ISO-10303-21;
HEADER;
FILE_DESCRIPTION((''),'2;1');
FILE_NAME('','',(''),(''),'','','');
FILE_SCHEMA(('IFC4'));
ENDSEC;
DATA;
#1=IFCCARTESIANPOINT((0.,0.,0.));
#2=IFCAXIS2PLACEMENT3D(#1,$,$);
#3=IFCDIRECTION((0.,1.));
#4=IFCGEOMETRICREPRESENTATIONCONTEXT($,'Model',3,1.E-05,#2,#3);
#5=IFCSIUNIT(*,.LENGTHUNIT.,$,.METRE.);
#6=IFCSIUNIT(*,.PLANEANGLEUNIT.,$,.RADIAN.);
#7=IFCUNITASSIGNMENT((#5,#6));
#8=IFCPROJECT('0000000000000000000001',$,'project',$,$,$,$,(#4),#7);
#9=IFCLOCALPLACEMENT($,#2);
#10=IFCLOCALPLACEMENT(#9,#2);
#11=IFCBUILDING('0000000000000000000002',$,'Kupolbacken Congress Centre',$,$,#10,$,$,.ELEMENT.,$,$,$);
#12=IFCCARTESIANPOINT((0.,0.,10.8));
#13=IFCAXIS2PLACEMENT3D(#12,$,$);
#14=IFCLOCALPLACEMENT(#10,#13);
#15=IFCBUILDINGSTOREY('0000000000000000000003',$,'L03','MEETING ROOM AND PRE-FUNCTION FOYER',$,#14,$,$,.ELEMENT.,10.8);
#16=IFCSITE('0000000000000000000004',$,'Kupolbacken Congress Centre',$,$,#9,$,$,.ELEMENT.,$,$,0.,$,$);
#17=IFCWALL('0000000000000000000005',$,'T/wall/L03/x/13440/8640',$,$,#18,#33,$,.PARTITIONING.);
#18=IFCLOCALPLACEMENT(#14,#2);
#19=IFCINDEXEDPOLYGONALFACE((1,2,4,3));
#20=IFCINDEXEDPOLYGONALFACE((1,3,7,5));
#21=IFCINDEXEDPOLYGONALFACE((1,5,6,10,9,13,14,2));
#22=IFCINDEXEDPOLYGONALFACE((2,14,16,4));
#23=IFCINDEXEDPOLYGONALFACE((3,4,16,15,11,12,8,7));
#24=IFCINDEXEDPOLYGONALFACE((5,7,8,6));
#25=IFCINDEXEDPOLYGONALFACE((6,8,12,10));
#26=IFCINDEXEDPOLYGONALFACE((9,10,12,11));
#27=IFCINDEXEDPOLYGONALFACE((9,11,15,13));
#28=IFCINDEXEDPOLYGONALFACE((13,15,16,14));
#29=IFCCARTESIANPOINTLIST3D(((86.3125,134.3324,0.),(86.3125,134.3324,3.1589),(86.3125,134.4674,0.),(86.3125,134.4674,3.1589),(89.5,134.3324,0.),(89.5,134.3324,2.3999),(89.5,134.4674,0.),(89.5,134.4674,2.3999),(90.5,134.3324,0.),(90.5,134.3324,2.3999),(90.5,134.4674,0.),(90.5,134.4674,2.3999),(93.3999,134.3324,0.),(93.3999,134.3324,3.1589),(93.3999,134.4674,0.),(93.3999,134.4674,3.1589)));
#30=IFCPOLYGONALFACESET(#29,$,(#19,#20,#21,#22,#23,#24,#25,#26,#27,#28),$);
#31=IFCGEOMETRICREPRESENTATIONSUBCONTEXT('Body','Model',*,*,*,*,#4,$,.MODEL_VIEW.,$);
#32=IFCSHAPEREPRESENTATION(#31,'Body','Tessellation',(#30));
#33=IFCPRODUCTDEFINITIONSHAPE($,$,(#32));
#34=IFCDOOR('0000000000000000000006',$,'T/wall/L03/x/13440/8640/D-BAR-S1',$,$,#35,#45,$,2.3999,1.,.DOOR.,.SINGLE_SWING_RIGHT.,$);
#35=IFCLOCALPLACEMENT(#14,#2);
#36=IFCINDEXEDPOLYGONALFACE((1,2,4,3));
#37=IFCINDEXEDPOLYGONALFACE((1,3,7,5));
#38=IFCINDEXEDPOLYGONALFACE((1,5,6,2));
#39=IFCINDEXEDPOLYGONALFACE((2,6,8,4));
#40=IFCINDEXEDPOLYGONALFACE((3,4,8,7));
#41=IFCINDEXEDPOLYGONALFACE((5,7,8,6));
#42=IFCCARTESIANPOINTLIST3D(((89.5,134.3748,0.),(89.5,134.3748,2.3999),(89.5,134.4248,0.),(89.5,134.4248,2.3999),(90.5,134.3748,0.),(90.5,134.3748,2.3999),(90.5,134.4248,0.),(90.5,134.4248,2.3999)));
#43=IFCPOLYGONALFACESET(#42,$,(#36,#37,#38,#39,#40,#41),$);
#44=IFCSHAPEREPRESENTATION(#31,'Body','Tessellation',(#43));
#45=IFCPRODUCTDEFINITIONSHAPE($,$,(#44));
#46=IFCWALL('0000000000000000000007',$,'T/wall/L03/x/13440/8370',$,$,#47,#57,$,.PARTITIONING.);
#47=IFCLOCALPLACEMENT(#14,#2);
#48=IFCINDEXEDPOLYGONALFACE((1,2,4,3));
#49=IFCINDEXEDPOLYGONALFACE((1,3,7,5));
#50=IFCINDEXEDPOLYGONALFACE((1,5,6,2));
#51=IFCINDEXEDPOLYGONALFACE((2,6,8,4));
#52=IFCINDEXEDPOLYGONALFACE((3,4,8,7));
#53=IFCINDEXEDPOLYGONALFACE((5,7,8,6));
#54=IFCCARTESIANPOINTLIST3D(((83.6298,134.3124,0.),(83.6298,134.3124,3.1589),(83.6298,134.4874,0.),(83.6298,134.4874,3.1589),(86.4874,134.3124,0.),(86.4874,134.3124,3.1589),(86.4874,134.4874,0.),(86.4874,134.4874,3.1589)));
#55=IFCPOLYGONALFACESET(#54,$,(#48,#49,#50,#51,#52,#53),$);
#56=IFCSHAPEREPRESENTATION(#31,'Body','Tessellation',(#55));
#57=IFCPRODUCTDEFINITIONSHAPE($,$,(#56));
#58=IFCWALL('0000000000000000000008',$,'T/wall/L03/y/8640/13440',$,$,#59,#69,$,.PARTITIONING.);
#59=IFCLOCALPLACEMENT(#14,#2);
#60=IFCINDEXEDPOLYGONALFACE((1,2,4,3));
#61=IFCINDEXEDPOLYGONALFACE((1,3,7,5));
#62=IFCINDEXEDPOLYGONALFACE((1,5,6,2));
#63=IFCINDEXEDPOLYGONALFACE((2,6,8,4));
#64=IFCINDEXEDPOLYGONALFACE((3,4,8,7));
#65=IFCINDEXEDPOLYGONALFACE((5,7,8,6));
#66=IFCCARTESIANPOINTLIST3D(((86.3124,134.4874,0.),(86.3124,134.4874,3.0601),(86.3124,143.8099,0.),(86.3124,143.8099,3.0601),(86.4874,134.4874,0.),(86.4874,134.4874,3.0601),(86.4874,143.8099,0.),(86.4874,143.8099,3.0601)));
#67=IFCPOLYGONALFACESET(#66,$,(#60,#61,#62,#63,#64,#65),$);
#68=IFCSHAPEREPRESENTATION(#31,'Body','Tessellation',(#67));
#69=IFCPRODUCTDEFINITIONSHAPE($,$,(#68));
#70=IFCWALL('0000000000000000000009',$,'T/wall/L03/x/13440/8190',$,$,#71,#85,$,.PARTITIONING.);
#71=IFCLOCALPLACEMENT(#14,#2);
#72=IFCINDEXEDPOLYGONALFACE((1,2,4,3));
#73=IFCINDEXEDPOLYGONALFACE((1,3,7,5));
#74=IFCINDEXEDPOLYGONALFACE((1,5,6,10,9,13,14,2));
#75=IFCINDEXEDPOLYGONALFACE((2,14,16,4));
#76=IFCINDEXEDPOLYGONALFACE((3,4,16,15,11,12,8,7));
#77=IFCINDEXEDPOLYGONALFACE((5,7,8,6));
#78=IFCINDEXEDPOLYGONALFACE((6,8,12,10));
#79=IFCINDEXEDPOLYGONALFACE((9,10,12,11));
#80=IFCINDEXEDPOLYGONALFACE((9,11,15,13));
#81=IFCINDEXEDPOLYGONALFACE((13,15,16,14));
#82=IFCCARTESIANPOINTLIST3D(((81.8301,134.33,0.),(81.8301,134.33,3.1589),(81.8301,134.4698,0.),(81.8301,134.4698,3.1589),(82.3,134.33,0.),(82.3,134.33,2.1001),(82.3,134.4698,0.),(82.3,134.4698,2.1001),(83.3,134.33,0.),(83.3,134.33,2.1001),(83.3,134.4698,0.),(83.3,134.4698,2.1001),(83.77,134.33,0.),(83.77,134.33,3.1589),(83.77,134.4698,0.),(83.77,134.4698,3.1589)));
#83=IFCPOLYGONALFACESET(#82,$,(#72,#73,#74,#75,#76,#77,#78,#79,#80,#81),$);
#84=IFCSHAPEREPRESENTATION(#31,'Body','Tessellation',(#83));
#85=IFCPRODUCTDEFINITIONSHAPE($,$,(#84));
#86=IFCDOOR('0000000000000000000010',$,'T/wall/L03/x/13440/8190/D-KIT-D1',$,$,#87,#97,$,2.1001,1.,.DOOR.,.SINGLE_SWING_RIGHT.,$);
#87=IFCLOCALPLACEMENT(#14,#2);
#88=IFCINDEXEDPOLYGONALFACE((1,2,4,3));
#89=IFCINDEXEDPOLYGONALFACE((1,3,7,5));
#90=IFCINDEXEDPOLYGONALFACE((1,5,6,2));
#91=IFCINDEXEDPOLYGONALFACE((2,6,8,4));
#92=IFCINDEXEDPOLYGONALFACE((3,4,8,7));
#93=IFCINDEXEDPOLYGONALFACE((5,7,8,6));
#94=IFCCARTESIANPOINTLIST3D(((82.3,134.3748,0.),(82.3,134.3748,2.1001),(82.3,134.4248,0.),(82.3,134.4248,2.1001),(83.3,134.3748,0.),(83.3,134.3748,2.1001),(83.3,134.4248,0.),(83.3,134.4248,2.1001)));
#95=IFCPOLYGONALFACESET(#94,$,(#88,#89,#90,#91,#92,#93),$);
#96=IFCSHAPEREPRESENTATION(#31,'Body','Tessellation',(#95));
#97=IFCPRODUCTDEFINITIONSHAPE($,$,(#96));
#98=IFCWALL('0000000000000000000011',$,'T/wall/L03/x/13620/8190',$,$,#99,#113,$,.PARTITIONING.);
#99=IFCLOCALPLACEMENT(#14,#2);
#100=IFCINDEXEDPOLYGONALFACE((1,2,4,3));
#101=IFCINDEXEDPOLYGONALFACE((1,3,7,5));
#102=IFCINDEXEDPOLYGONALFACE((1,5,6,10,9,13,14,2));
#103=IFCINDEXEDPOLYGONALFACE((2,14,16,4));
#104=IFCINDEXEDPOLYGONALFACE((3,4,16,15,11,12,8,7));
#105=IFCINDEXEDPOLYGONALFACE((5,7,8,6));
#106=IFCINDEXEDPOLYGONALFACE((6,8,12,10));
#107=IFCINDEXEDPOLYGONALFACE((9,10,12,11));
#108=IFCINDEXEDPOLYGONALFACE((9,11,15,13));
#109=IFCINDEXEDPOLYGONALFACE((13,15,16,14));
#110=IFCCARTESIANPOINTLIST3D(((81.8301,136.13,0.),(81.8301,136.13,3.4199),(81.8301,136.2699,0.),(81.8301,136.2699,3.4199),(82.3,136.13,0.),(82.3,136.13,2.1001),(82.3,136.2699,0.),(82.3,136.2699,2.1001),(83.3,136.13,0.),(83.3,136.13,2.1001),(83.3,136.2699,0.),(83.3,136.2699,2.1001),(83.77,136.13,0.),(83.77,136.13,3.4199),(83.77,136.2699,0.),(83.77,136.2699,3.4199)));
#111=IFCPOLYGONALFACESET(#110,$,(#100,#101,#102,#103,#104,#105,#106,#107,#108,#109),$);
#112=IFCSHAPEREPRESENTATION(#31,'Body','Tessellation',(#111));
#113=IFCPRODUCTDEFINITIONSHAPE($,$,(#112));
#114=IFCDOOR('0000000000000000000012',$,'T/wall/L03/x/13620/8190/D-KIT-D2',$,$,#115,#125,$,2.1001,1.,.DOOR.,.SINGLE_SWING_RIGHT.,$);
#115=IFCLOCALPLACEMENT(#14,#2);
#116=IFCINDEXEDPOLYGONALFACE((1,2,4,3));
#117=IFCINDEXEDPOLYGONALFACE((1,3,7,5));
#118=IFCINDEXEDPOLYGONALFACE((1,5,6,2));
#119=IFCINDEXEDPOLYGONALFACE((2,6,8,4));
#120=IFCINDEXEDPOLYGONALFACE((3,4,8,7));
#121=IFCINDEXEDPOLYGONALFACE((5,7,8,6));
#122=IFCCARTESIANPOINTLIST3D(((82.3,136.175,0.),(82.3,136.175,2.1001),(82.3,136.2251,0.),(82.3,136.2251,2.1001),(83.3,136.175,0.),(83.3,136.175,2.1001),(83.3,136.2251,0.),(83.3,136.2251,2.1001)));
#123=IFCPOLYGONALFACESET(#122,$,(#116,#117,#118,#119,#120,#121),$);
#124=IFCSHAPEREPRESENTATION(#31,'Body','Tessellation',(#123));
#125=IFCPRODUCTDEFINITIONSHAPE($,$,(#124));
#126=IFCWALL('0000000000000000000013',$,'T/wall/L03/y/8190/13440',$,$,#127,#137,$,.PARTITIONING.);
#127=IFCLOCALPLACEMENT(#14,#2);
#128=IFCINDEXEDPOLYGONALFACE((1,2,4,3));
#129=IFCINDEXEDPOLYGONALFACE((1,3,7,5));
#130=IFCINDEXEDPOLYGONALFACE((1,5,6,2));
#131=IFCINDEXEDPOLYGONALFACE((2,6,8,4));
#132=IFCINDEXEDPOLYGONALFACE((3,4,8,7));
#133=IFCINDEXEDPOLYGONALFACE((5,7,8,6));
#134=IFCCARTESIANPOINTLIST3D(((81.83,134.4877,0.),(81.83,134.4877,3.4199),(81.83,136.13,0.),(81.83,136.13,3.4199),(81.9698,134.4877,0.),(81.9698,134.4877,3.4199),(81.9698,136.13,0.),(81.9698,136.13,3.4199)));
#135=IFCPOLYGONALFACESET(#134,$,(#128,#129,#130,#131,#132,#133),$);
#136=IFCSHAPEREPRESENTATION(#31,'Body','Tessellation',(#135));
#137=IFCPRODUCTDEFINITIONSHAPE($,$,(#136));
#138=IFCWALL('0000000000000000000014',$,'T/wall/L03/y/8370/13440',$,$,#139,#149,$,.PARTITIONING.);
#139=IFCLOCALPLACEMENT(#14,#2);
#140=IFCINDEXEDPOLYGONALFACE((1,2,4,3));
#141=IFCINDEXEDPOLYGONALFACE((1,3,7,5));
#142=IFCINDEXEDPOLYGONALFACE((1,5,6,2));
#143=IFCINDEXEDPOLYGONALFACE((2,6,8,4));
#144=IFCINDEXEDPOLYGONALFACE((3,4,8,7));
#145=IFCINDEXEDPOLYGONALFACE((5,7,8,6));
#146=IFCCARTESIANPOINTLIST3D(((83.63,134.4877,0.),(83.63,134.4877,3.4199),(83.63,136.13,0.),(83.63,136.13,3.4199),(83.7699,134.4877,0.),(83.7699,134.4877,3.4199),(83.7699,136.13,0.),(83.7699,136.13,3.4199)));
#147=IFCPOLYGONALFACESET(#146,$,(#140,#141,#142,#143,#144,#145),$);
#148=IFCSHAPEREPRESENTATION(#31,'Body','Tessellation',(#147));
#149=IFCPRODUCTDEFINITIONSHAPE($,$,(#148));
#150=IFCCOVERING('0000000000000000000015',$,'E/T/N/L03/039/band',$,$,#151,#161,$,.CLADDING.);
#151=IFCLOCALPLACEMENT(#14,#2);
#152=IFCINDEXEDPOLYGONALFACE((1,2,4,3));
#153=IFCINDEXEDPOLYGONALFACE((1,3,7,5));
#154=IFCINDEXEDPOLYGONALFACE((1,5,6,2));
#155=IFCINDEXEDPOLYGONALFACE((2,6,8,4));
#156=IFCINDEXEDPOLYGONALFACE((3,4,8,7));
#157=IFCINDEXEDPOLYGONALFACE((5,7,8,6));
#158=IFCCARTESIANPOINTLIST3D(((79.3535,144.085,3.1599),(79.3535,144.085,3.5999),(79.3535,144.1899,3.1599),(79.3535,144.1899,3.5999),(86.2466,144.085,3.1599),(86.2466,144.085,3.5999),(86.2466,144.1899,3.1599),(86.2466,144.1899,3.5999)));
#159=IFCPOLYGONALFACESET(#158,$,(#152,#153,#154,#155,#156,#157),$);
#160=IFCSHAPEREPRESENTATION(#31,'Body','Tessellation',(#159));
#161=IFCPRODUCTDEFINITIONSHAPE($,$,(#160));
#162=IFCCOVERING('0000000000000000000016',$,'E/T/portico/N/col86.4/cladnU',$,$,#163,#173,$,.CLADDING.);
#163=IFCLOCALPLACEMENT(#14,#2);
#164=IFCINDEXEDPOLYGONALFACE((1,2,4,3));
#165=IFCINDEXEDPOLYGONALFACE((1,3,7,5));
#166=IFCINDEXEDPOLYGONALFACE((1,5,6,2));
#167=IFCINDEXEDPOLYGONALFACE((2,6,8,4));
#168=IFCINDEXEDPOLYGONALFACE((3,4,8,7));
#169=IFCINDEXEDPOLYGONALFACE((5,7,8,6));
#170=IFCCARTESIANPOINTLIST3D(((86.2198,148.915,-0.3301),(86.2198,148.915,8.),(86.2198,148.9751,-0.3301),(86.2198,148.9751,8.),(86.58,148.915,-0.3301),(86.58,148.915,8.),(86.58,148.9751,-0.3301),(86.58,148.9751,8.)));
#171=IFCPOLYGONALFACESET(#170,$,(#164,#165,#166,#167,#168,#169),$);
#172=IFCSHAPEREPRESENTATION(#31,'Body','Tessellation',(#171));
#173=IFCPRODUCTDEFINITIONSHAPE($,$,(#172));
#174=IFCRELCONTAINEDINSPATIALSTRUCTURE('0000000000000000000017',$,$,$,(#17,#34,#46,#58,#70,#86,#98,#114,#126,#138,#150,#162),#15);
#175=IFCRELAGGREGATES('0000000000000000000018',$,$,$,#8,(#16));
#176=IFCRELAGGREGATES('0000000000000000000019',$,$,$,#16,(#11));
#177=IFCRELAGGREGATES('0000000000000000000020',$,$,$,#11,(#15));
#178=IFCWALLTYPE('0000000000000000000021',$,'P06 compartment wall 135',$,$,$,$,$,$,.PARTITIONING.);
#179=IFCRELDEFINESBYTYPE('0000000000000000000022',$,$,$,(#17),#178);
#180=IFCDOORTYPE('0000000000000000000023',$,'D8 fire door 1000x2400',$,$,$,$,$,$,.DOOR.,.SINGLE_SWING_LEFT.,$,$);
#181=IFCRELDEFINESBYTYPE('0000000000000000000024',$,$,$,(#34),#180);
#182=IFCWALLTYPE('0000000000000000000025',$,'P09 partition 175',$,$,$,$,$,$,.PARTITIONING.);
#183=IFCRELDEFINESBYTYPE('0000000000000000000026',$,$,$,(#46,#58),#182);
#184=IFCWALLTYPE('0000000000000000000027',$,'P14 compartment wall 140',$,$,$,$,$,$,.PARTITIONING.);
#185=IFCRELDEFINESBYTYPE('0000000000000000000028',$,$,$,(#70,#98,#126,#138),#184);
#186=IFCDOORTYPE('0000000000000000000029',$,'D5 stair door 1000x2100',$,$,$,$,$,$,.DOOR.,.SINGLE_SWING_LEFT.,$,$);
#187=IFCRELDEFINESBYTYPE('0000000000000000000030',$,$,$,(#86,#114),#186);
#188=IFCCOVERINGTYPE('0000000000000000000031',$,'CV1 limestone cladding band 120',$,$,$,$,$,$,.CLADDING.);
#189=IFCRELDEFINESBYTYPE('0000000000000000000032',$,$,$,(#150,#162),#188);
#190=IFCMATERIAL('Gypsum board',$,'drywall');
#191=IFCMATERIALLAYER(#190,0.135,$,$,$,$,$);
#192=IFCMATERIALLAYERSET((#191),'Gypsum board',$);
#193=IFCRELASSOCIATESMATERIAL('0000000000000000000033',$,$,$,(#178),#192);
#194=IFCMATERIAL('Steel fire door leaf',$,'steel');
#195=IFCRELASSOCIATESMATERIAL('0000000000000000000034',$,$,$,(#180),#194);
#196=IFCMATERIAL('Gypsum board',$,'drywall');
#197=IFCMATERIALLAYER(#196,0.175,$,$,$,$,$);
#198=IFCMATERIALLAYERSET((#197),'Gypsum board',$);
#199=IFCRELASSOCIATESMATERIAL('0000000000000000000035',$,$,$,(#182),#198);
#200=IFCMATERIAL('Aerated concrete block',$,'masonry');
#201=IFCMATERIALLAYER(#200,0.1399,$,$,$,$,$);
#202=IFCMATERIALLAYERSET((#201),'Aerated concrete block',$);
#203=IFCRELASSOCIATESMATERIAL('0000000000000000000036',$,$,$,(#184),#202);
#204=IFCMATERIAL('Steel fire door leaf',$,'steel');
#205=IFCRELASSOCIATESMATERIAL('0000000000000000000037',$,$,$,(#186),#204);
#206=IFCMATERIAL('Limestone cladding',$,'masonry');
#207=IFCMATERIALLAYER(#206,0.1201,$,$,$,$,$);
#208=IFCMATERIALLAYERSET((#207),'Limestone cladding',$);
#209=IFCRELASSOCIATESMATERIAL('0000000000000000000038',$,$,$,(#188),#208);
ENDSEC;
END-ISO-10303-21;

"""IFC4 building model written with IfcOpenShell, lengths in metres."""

from ifc_helpers import new_model, si_unit, direction, frame, frame_2d, origin, origin_2d, place, context, subcontext, project, spatial, rectangle, extrude, material, layer, layer_set, type_object, element, fill, save


model = new_model("IFC4")

# Units and contexts
model_context = context("Model", 3, precision=1e-05, world=origin(), true_north=direction((0.0, 1.0)))
body_context = subcontext(model_context, "Body", "Model", "MODEL_VIEW")
ifc_project = project(units=[si_unit("LENGTHUNIT", "METRE"), si_unit("PLANEANGLEUNIT", "RADIAN")], contexts=[model_context])

# Site, building, storey
site_placement = place(None, origin())
site = spatial("IfcSite", under=ifc_project, at=site_placement, Name="Kupolbacken Congress Centre", CompositionType="ELEMENT", RefElevation=0.0)
building_placement = place(site_placement, origin())
building = spatial("IfcBuilding", under=site, at=building_placement, Name="Kupolbacken Congress Centre", CompositionType="ELEMENT")
storey_placement = place(building_placement, frame((0.0, 0.0, 10.8)))
storey = spatial("IfcBuildingStorey", under=building, at=storey_placement, Name="L03", Description="MEETING ROOM AND PRE-FUNCTION FOYER", CompositionType="ELEMENT", Elevation=10.8)

# Wall, opening, door
ifc_material_1 = material(Name="Gypsum board", Category="drywall")
ifc_layer_1 = layer(ifc_material_1, 0.135)
ifc_layer_set_1 = layer_set([ifc_layer_1], Name="Gypsum board")
wall_type_1 = type_object("IfcWallType", Name="P06 compartment wall 135", PredefinedType="PARTITIONING", material=ifc_layer_set_1)
wall_1_placement = place(storey_placement, frame((86.3125, 134.3999, 0.0), z_axis=(0.0, 0.0, 1.0), x_axis=(1.0, 0.0, 0.0)))
wall_1 = element("IfcWall", 1, at=wall_1_placement, inside=storey, type_object=wall_type_1, Name="T/wall/L03/x/13440/8640", PredefinedType="PARTITIONING", context=body_context, shape_type="SweptSolid", body=[
    extrude(rectangle(XDim=7.0874, YDim=0.135, at=frame_2d((3.5437, 0.0))), origin(), (0.0, 0.0, 1.0), 3.1589),
])
opening_1_placement = place(wall_1_placement, frame((3.1875, 0.0, 0.0)))
opening_1 = element("IfcOpeningElement", 2, at=opening_1_placement, cuts=wall_1, PredefinedType="OPENING", context=body_context, shape_type="SweptSolid", body=[
    extrude(rectangle(XDim=1.0, YDim=2.3999, at=frame_2d((0.5, 1.2))), frame((0.0, 0.0774, 0.0), z_axis=(0.0, -1.0, 0.0), x_axis=(1.0, 0.0, 0.0)), (0.0, 0.0, 1.0), 0.155),
])
ifc_material_2 = material(Name="Steel fire door leaf", Category="steel")
door_type_1 = type_object("IfcDoorType", Name="D8 fire door 1000x2400", OperationType="SINGLE_SWING_LEFT", PredefinedType="DOOR", material=ifc_material_2)
door_1_placement = place(opening_1_placement, origin())
door_1 = element("IfcDoor", 3, at=door_1_placement, inside=storey, type_object=door_type_1, Name="T/wall/L03/x/13440/8640/D-BAR-S1", OperationType="SINGLE_SWING_RIGHT", OverallHeight=2.3999, OverallWidth=1.0, PredefinedType="DOOR", context=body_context, shape_type="SweptSolid", body=[
    extrude(rectangle(XDim=1.0, YDim=2.3999, at=frame_2d((0.5, 1.2))), frame((0.0, 0.0249, 0.0), z_axis=(0.0, -1.0, 0.0), x_axis=(1.0, 0.0, 0.0)), (0.0, 0.0, 1.0), 0.05),
])
fill(opening_1, door_1)

# Walls
ifc_material_3 = material(Name="Gypsum board", Category="drywall")
ifc_layer_2 = layer(ifc_material_3, 0.175)
ifc_layer_set_2 = layer_set([ifc_layer_2], Name="Gypsum board")
wall_type_2 = type_object("IfcWallType", Name="P09 partition 175", PredefinedType="PARTITIONING", material=ifc_layer_set_2)
wall_2_placement = place(storey_placement, frame((83.6299, 134.3999, 0.0), z_axis=(0.0, 0.0, 1.0), x_axis=(1.0, 0.0, 0.0)))
element("IfcWall", 4, at=wall_2_placement, inside=storey, type_object=wall_type_2, Name="T/wall/L03/x/13440/8370", PredefinedType="PARTITIONING", context=body_context, shape_type="SweptSolid", body=[
    extrude(rectangle(XDim=2.8577, YDim=0.175, at=frame_2d((1.4287, 0.0))), origin(), (0.0, 0.0, 1.0), 3.1589),
])
wall_3_placement = place(storey_placement, frame((86.3999, 134.4875, 0.0), z_axis=(0.0, 0.0, 1.0), x_axis=(0.0, 1.0, 0.0)))
element("IfcWall", 5, at=wall_3_placement, inside=storey, type_object=wall_type_2, Name="T/wall/L03/y/8640/13440", PredefinedType="PARTITIONING", context=body_context, shape_type="SweptSolid", body=[
    extrude(rectangle(XDim=9.3225, YDim=0.175, at=frame_2d((4.6611, 0.0))), origin(), (0.0, 0.0, 1.0), 3.0601),
])

# Walls, openings, doors
ifc_material_4 = material(Name="Aerated concrete block", Category="masonry")
ifc_layer_3 = layer(ifc_material_4, 0.1399)
ifc_layer_set_3 = layer_set([ifc_layer_3], Name="Aerated concrete block")
wall_type_3 = type_object("IfcWallType", Name="P14 compartment wall 140", PredefinedType="PARTITIONING", material=ifc_layer_set_3)
wall_4_placement = place(storey_placement, frame((81.8301, 134.3999, 0.0), z_axis=(0.0, 0.0, 1.0), x_axis=(1.0, 0.0, 0.0)))
wall_4 = element("IfcWall", 6, at=wall_4_placement, inside=storey, type_object=wall_type_3, Name="T/wall/L03/x/13440/8190", PredefinedType="PARTITIONING", context=body_context, shape_type="SweptSolid", body=[
    extrude(rectangle(XDim=1.9399, YDim=0.1399, at=frame_2d((0.97, 0.0))), origin(), (0.0, 0.0, 1.0), 3.1589),
])
opening_2_placement = place(wall_4_placement, frame((0.47, 0.0, 0.0)))
opening_2 = element("IfcOpeningElement", 7, at=opening_2_placement, cuts=wall_4, PredefinedType="OPENING", context=body_context, shape_type="SweptSolid", body=[
    extrude(rectangle(XDim=1.0, YDim=2.1001, at=frame_2d((0.5, 1.05))), frame((0.0, 0.0798, 0.0), z_axis=(0.0, -1.0, 0.0), x_axis=(1.0, 0.0, 0.0)), (0.0, 0.0, 1.0), 0.1599),
])
ifc_material_5 = material(Name="Steel fire door leaf", Category="steel")
door_type_2 = type_object("IfcDoorType", Name="D5 stair door 1000x2100", OperationType="SINGLE_SWING_LEFT", PredefinedType="DOOR", material=ifc_material_5)
door_2_placement = place(opening_2_placement, origin())
door_2 = element("IfcDoor", 8, at=door_2_placement, inside=storey, type_object=door_type_2, Name="T/wall/L03/x/13440/8190/D-KIT-D1", OperationType="SINGLE_SWING_RIGHT", OverallHeight=2.1001, OverallWidth=1.0, PredefinedType="DOOR", context=body_context, shape_type="SweptSolid", body=[
    extrude(rectangle(XDim=1.0, YDim=2.1001, at=frame_2d((0.5, 1.05))), frame((0.0, 0.0249, 0.0), z_axis=(0.0, -1.0, 0.0), x_axis=(1.0, 0.0, 0.0)), (0.0, 0.0, 1.0), 0.05),
])
fill(opening_2, door_2)
wall_5_placement = place(storey_placement, frame((81.8301, 136.2, 0.0), z_axis=(0.0, 0.0, 1.0), x_axis=(1.0, 0.0, 0.0)))
wall_5 = element("IfcWall", 9, at=wall_5_placement, inside=storey, type_object=wall_type_3, Name="T/wall/L03/x/13620/8190", PredefinedType="PARTITIONING", context=body_context, shape_type="SweptSolid", body=[
    extrude(rectangle(XDim=1.9399, YDim=0.1399, at=frame_2d((0.97, 0.0))), origin(), (0.0, 0.0, 1.0), 3.4199),
])
opening_3_placement = place(wall_5_placement, frame((0.47, 0.0, 0.0)))
opening_3 = element("IfcOpeningElement", 10, at=opening_3_placement, cuts=wall_5, PredefinedType="OPENING", context=body_context, shape_type="SweptSolid", body=[
    extrude(rectangle(XDim=1.0, YDim=2.1001, at=frame_2d((0.5, 1.05))), frame((0.0, 0.0798, 0.0), z_axis=(0.0, -1.0, 0.0), x_axis=(1.0, 0.0, 0.0)), (0.0, 0.0, 1.0), 0.1599),
])
door_3_placement = place(opening_3_placement, frame((1.0, 0.0, 0.0), z_axis=(0.0, 0.0, 1.0), x_axis=(-1.0, 0.0, 0.0)))
door_3 = element("IfcDoor", 11, at=door_3_placement, inside=storey, type_object=door_type_2, Name="T/wall/L03/x/13620/8190/D-KIT-D2", OperationType="SINGLE_SWING_RIGHT", OverallHeight=2.1001, OverallWidth=1.0, PredefinedType="DOOR", context=body_context, shape_type="SweptSolid", body=[
    extrude(rectangle(XDim=1.0, YDim=2.1001, at=frame_2d((0.5, 1.05))), frame((0.0, 0.0249, 0.0), z_axis=(0.0, -1.0, 0.0), x_axis=(1.0, 0.0, 0.0)), (0.0, 0.0, 1.0), 0.05),
])
fill(opening_3, door_3)

# Walls
for number, where, z_axis, x_axis, name in (
    (12, (81.8999, 134.4875, 0.0), (0.0, 0.0, 1.0), (0.0, 1.0, 0.0), "T/wall/L03/y/8190/13440"),
    (13, (83.7, 134.4875, 0.0), (0.0, 0.0, 1.0), (0.0, 1.0, 0.0), "T/wall/L03/y/8370/13440"),
):
    element("IfcWall", number, at=place(storey_placement, frame(where, z_axis=z_axis, x_axis=x_axis)), inside=storey, type_object=wall_type_3, Name=name, PredefinedType="PARTITIONING", context=body_context, shape_type="SweptSolid", body=[
        extrude(rectangle(XDim=1.6423, YDim=0.1399, at=frame_2d((0.8213, 0.0))), origin(), (0.0, 0.0, 1.0), 3.4199),
    ])

# Coverings
ifc_material_6 = material(Name="Limestone cladding", Category="masonry")
ifc_layer_4 = layer(ifc_material_6, 0.1201)
ifc_layer_set_4 = layer_set([ifc_layer_4], Name="Limestone cladding")
covering_type = type_object("IfcCoveringType", Name="CV1 limestone cladding band 120", PredefinedType="CLADDING", material=ifc_layer_set_4)
covering_1_placement = place(storey_placement, frame((82.8, 144.1375, 3.1599), z_axis=(0.0, 0.0, 1.0), x_axis=(-1.0, 0.0, 0.0)))
element("IfcCovering", 14, at=covering_1_placement, inside=storey, type_object=covering_type, Name="E/T/N/L03/039/band", PredefinedType="CLADDING", context=body_context, shape_type="SweptSolid", body=[
    extrude(rectangle(XDim=6.8931, YDim=0.105, at=origin_2d()), origin(), (0.0, 0.0, 1.0), 0.4399),
])
for number, where, z_axis, x_axis, name in (
    (15, (86.3999, 148.9451, -0.3301), (0.0, 0.0, 1.0), (1.0, 0.0, 0.0), "E/T/portico/N/col86.4/cladnU"),
):
    element("IfcCovering", number, at=place(storey_placement, frame(where, z_axis=z_axis, x_axis=x_axis)), inside=storey, type_object=covering_type, Name=name, PredefinedType="CLADDING", context=body_context, shape_type="SweptSolid", body=[
        extrude(rectangle(XDim=0.3601, YDim=0.0601, at=origin_2d()), origin(), (0.0, 0.0, 1.0), 8.3301),
    ])

save(model, "model.ifc")
